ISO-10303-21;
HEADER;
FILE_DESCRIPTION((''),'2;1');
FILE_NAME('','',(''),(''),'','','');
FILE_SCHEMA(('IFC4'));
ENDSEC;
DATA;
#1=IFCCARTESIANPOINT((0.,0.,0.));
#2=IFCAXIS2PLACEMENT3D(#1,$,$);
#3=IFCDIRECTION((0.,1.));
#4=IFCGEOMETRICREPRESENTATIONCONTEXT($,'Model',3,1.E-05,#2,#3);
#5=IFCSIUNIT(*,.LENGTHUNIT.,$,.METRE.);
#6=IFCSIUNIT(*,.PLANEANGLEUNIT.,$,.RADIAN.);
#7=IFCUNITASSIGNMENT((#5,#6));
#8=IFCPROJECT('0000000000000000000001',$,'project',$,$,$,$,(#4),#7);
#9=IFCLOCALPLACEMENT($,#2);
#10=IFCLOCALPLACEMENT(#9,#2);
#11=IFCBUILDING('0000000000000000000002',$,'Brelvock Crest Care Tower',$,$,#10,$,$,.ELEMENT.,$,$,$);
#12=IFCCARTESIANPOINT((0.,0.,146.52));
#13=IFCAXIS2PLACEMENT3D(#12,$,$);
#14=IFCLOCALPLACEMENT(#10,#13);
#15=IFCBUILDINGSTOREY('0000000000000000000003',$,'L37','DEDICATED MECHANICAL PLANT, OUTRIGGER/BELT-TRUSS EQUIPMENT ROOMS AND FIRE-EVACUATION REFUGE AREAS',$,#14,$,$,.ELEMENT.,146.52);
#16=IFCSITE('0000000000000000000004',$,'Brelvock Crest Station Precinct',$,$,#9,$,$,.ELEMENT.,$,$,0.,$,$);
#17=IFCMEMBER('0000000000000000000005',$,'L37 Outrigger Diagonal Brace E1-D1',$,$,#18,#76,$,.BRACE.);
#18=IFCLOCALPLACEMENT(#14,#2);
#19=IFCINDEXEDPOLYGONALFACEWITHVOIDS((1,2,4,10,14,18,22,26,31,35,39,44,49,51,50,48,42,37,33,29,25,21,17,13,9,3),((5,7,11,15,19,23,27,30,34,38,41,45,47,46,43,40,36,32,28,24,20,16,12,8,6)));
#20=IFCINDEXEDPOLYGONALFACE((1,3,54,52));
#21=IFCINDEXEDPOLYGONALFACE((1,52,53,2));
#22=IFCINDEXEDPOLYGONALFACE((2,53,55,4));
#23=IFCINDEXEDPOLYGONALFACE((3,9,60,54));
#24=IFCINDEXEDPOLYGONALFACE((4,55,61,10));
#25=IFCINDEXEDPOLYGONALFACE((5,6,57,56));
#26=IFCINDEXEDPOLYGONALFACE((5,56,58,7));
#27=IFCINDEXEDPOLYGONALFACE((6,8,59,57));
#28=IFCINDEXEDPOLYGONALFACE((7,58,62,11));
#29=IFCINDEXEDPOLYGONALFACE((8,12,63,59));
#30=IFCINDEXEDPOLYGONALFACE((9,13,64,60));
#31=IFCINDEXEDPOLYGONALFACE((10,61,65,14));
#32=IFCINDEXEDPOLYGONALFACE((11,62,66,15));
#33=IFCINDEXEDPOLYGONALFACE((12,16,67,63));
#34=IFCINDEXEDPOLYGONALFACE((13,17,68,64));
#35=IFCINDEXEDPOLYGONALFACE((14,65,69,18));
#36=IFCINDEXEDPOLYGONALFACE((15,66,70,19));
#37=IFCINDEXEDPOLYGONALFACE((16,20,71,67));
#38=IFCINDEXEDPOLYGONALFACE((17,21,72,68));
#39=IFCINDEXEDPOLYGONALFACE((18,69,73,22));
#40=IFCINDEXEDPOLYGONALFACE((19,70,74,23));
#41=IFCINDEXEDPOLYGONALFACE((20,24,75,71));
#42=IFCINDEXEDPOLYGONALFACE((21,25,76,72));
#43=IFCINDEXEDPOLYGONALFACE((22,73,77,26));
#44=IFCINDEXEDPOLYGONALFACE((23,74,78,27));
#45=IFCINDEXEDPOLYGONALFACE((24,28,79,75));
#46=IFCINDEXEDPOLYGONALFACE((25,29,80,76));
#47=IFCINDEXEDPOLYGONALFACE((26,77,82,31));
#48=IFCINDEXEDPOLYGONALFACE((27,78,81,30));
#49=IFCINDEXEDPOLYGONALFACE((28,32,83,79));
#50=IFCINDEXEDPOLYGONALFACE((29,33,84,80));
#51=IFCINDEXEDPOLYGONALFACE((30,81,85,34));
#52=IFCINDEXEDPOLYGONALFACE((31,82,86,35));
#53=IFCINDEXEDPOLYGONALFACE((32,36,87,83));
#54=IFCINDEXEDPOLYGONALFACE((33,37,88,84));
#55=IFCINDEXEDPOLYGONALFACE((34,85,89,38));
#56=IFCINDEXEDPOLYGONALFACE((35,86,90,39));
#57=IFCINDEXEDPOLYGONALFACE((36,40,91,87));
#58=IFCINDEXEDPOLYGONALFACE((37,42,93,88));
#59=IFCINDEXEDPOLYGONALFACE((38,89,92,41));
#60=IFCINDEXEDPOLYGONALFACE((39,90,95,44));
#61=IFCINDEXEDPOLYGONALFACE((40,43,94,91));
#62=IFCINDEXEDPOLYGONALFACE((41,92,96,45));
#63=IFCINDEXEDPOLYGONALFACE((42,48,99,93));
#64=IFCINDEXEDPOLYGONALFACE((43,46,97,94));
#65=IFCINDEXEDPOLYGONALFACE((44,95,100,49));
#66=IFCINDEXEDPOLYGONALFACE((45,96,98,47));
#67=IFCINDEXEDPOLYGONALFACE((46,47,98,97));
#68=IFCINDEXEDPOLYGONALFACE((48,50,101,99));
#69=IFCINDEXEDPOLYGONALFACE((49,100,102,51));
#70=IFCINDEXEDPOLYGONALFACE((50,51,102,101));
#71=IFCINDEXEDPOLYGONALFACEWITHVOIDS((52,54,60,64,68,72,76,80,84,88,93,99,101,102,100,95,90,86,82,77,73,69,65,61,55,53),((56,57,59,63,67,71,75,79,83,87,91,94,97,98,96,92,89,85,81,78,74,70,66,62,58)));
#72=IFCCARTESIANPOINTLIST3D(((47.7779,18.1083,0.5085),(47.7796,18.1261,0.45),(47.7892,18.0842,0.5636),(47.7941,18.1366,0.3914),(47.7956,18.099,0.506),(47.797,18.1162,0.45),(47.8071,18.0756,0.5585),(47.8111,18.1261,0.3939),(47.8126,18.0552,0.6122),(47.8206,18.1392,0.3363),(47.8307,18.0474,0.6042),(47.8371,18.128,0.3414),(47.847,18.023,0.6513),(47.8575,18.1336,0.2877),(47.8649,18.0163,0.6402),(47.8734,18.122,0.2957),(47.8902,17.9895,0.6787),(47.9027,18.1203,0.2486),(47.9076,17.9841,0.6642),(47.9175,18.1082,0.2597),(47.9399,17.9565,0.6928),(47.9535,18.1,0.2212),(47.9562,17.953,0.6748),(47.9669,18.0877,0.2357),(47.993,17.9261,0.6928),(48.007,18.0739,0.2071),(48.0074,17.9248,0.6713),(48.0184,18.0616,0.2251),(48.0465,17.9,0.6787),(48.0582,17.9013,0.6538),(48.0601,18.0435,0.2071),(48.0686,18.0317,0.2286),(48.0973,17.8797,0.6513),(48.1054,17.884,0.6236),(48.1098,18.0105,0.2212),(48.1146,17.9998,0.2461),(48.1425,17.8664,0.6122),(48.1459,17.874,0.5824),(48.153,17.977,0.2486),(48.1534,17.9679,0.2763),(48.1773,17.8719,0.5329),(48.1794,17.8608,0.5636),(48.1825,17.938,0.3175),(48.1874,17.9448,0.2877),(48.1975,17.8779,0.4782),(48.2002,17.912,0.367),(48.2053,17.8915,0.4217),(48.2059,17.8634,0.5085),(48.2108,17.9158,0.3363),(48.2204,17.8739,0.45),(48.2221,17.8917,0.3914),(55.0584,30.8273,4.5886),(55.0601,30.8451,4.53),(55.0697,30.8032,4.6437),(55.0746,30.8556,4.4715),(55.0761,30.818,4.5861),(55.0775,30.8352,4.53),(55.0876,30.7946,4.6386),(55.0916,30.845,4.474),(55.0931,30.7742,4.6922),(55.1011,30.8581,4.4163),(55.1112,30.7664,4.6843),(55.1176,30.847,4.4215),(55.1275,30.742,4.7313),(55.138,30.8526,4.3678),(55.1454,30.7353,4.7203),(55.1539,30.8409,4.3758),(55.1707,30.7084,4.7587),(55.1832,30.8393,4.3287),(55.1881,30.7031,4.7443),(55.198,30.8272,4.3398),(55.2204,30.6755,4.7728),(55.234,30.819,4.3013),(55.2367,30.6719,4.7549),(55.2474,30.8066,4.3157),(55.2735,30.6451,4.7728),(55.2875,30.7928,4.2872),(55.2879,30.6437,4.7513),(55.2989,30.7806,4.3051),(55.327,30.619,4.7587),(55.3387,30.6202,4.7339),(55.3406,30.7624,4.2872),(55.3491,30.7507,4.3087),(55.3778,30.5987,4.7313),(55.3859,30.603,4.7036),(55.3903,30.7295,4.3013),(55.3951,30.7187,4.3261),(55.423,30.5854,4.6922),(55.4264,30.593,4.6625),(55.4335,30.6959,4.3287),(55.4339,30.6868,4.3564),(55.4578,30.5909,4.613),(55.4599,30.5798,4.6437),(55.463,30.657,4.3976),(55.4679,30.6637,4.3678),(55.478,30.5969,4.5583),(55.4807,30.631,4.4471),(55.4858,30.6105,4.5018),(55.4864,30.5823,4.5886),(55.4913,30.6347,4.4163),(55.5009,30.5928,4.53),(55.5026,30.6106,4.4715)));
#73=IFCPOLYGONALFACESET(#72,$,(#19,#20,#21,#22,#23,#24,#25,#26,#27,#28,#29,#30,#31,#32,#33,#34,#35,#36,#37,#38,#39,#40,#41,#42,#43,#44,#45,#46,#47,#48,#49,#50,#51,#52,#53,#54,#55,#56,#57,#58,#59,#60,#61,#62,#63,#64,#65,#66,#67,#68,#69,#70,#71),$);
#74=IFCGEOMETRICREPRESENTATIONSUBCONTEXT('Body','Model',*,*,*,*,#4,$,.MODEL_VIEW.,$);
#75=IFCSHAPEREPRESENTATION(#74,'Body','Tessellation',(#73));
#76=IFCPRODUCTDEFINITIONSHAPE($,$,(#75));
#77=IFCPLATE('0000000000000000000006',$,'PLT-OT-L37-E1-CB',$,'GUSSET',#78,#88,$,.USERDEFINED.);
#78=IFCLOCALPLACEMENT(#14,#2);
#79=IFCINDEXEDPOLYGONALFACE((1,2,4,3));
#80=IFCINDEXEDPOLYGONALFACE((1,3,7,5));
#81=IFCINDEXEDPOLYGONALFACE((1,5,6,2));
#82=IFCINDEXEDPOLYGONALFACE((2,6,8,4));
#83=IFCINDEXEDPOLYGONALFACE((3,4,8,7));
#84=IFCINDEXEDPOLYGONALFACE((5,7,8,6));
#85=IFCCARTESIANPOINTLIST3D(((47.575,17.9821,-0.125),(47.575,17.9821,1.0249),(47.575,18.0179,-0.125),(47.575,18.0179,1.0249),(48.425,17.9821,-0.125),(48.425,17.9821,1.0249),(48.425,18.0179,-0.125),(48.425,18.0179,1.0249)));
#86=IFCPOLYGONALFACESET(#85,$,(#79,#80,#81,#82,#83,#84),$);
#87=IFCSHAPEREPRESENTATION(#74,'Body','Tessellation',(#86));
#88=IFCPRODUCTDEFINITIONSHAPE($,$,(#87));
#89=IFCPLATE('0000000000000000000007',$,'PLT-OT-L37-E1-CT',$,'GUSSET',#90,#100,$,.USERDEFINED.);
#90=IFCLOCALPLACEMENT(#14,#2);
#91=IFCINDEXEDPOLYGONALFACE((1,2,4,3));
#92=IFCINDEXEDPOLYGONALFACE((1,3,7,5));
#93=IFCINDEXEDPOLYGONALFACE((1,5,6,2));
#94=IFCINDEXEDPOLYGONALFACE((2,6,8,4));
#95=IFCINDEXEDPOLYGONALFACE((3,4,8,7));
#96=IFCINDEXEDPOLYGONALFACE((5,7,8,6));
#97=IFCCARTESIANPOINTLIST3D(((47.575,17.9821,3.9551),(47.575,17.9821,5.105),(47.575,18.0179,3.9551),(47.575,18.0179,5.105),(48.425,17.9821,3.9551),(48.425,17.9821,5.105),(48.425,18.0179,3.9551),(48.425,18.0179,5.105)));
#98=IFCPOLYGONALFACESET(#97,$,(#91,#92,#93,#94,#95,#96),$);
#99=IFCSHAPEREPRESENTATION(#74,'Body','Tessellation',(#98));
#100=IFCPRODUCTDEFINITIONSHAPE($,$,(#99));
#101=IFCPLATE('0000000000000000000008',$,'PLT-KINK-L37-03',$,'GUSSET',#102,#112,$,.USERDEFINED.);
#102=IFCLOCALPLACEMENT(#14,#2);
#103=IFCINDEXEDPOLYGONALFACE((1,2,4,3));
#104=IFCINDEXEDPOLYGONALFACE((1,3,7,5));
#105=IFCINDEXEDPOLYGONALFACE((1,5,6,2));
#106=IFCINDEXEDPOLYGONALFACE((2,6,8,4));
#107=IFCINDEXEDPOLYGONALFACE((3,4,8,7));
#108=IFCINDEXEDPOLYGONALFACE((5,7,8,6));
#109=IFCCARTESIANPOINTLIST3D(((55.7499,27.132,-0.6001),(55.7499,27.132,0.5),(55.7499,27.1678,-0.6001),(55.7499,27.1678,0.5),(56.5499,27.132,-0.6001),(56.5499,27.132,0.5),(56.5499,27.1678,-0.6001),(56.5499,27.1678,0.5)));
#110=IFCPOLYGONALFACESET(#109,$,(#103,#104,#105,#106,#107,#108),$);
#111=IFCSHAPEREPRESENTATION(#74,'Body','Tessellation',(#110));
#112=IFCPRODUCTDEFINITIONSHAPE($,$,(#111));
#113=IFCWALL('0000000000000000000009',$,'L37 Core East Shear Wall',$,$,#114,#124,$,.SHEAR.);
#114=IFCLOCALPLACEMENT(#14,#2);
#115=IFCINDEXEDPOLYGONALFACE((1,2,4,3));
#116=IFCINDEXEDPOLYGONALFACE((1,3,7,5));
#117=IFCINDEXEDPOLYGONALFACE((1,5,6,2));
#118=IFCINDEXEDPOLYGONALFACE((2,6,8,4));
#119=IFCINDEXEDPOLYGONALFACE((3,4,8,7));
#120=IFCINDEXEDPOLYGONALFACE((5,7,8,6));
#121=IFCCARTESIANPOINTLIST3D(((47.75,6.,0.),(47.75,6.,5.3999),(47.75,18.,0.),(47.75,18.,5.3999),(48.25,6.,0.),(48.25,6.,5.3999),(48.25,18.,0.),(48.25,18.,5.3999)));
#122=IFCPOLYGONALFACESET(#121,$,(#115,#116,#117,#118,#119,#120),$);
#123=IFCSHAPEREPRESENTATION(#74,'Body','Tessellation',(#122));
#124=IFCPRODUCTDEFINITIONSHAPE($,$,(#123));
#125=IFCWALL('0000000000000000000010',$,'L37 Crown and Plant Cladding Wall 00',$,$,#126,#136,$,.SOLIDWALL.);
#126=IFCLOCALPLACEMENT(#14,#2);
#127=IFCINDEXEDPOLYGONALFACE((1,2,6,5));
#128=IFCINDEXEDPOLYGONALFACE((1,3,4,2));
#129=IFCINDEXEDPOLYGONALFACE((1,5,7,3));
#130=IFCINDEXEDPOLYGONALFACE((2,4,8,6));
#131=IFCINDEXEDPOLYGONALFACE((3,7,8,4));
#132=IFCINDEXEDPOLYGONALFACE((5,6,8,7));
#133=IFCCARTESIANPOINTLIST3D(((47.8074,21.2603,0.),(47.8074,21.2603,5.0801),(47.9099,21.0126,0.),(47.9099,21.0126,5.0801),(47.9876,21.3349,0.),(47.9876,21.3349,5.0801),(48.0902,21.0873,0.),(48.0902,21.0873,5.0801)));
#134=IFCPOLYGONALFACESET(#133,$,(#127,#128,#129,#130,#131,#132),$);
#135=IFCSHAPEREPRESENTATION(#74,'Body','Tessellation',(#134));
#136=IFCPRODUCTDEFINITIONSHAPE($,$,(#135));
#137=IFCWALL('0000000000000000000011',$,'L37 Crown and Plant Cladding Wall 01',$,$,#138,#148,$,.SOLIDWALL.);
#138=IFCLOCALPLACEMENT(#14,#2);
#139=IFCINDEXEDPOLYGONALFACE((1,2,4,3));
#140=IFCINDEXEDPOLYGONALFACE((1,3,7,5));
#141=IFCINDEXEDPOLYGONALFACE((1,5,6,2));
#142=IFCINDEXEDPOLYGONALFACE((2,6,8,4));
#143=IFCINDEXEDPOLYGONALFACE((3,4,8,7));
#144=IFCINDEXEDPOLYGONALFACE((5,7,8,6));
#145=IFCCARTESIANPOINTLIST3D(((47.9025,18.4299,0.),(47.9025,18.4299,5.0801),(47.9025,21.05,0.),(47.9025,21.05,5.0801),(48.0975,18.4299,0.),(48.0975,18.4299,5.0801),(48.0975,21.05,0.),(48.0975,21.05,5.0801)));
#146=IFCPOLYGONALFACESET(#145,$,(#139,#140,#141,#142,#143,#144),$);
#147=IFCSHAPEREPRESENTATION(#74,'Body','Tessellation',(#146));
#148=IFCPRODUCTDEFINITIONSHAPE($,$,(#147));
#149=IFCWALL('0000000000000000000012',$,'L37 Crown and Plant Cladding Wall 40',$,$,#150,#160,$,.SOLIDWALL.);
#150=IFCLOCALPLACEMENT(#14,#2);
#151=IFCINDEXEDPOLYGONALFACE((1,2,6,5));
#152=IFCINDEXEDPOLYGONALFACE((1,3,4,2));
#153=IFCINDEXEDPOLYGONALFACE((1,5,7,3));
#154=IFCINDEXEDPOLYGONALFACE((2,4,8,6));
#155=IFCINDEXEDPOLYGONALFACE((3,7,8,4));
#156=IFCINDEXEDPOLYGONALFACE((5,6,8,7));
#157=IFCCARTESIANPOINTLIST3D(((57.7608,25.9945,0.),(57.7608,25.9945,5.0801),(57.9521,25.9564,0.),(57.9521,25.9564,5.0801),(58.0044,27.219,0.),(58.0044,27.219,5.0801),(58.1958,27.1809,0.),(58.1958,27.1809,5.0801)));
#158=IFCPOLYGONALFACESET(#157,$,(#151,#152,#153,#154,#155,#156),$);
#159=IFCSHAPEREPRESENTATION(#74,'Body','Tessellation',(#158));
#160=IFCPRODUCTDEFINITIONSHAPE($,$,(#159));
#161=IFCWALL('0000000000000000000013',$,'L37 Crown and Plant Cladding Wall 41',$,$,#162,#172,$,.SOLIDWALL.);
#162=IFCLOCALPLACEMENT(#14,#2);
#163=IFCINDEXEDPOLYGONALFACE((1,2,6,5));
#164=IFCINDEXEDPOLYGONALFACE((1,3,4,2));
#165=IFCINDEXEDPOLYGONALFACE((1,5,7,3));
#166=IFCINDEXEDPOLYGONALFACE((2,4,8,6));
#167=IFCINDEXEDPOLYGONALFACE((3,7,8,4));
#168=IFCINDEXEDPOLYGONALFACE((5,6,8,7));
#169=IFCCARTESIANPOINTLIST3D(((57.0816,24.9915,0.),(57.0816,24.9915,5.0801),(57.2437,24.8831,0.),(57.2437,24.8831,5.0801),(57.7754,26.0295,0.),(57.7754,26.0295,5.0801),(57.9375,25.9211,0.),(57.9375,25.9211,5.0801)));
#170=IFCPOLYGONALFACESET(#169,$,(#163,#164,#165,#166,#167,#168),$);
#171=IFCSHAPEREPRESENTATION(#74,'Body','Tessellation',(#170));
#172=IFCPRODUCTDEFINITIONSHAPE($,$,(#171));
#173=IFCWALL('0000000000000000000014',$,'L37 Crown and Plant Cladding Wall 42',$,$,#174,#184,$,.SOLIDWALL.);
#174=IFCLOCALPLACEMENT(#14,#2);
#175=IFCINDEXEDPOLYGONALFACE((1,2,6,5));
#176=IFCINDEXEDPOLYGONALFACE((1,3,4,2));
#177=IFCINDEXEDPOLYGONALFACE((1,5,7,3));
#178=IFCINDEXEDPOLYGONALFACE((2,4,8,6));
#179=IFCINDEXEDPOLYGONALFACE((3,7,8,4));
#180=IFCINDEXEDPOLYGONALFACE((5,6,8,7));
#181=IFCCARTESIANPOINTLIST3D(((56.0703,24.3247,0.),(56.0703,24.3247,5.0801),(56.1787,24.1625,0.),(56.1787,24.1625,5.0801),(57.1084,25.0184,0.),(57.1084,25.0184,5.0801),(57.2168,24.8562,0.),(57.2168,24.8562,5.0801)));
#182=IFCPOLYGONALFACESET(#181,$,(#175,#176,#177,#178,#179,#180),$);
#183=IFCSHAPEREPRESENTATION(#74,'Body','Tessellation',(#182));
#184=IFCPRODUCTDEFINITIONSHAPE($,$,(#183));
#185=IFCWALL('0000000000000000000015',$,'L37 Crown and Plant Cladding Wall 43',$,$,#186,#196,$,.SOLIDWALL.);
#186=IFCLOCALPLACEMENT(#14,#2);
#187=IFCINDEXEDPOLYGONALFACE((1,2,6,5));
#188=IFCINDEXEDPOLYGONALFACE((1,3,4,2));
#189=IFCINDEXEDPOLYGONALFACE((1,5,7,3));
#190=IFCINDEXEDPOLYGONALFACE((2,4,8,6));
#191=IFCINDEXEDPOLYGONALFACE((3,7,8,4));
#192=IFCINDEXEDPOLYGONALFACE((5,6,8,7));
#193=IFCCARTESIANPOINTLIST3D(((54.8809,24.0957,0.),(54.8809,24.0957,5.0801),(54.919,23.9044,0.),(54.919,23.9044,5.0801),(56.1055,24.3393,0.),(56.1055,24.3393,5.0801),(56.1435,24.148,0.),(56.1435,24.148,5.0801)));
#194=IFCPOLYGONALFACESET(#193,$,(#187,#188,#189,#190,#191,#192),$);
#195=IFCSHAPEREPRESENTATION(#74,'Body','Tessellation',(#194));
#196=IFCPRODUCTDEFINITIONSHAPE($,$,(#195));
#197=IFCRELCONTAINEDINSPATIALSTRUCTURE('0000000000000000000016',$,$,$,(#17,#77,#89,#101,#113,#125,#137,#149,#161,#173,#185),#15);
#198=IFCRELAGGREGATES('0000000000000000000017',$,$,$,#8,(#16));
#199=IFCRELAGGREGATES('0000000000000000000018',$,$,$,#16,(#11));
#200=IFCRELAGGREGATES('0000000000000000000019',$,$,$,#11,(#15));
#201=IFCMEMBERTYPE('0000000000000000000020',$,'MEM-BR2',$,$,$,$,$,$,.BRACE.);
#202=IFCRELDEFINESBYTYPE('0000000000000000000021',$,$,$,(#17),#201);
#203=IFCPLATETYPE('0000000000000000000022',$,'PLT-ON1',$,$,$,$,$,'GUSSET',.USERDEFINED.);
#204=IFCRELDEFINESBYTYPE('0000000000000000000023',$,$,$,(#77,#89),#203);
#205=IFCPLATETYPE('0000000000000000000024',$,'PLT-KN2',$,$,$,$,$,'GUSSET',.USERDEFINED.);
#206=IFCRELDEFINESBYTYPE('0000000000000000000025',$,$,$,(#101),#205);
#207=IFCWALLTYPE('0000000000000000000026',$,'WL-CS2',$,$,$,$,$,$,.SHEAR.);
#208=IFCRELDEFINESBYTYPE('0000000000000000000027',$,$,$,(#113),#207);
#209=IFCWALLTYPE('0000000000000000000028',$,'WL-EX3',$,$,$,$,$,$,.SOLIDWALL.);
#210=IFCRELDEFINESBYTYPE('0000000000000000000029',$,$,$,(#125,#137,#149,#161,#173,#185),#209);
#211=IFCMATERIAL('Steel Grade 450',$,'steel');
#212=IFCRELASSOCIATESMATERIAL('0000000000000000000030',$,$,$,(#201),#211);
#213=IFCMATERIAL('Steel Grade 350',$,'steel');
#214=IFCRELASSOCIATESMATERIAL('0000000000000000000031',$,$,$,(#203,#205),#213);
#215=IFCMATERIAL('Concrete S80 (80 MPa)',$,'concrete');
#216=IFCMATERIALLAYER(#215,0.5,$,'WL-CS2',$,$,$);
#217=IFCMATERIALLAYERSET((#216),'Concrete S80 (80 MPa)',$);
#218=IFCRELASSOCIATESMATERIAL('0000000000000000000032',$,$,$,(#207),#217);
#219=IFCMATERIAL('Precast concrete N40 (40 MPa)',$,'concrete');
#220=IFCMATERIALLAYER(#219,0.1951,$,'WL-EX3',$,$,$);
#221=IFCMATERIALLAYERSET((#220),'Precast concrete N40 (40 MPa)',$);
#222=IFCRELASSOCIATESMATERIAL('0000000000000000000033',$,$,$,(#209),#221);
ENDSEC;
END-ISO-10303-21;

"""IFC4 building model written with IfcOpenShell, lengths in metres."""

from ifc_helpers import new_model, si_unit, direction, frame, frame_2d, origin, origin_2d, place, context, subcontext, project, spatial, rectangle, hollow_circle, extrude, source, transform, mapped, material, layer, layer_set, material_profile, profile_set, type_object, element, save


model = new_model("IFC4")

# Units and contexts
model_context = context("Model", 3, precision=1e-05, world=origin(), true_north=direction((0.0, 1.0)))
body_context = subcontext(model_context, "Body", "Model", "MODEL_VIEW")
ifc_project = project(units=[si_unit("LENGTHUNIT", "METRE"), si_unit("PLANEANGLEUNIT", "RADIAN")], contexts=[model_context])

# Site, building, storey
site_placement = place(None, origin())
site = spatial("IfcSite", under=ifc_project, at=site_placement, Name="Brelvock Crest Station Precinct", CompositionType="ELEMENT", RefElevation=0.0)
building_placement = place(site_placement, origin())
building = spatial("IfcBuilding", under=site, at=building_placement, Name="Brelvock Crest Care Tower", CompositionType="ELEMENT")
storey_placement = place(building_placement, frame((0.0, 0.0, 146.52)))
storey = spatial("IfcBuildingStorey", under=building, at=storey_placement, Name="L37", Description="DEDICATED MECHANICAL PLANT, OUTRIGGER/BELT-TRUSS EQUIPMENT ROOMS AND FIRE-EVACUATION REFUGE AREAS", CompositionType="ELEMENT", Elevation=146.52)

# Shared definitions
ifc_material_1 = material(Name="Concrete S80 (80 MPa)", Category="concrete")

# Shared definitions
ifc_material_2 = material(Name="Steel Grade 350", Category="steel")

# Member
ifc_material_3 = material(Name="Steel Grade 450", Category="steel")
ifc_material_profile_1 = material_profile(ifc_material_3, hollow_circle(Radius=0.2539, WallThickness=0.02, at=origin_2d()), Name="CHS508x20.0")
ifc_profile_set_1 = profile_set([ifc_material_profile_1], Name="Steel Grade 450")
member_type_1 = type_object("IfcMemberType", Name="MEM-BR2", PredefinedType="BRACE", material=ifc_profile_set_1)
shared_shape_1 = source(origin(), body_context, "Body", "SweptSolid", [
    extrude(hollow_circle(Radius=0.2539, WallThickness=0.02, at=origin_2d()), origin(), (0.0, 0.0, 1.0), 15.2126),
])
member_1_placement = place(storey_placement, frame((48.0, 18.0, 0.45), z_axis=(0.478582, 0.836078, 0.268202), x_axis=(-0.867875, 0.496783, 0.0)))
element("IfcMember", 1, at=member_1_placement, inside=storey, type_object=member_type_1, Name="L37 Outrigger Diagonal Brace E1-D1", PredefinedType="BRACE", context=body_context, shape_type="MappedRepresentation", body=[
    mapped(shared_shape_1, transform((0.0, 0.0, 0.0), x_axis=(1.0, 0.0, 0.0), y_axis=(0.0, 1.0, 0.0), z_axis=(0.0, 0.0, 1.0), scale=1.0)),
])

# Plates
plate_type_1 = type_object("IfcPlateType", Name="PLT-ON1", ElementType="GUSSET", PredefinedType="USERDEFINED", material=ifc_material_2)
shared_shape_2 = source(origin(), body_context, "Body", "SweptSolid", [
    extrude(rectangle(XDim=0.8501, YDim=0.0359, at=origin_2d()), origin(), (0.0, 0.0, 1.0), 1.1499),
])
for number, where, z_axis, x_axis, name in (
    (2, (48.0, 18.0, -0.125), (0.0, 0.0, 1.0), (1.0, 0.0, 0.0), "PLT-OT-L37-E1-CB"),
    (3, (48.0, 18.0, 3.9551), (0.0, 0.0, 1.0), (1.0, 0.0, 0.0), "PLT-OT-L37-E1-CT"),
):
    element("IfcPlate", number, at=place(storey_placement, frame(where, z_axis=z_axis, x_axis=x_axis)), inside=storey, type_object=plate_type_1, Name=name, ObjectType="GUSSET", PredefinedType="USERDEFINED", context=body_context, shape_type="MappedRepresentation", body=[
        mapped(shared_shape_2, transform((0.0, 0.0, 0.0), x_axis=(1.0, 0.0, 0.0), y_axis=(0.0, 1.0, 0.0), z_axis=(0.0, 0.0, 1.0), scale=1.0)),
    ])
plate_type_2 = type_object("IfcPlateType", Name="PLT-KN2", ElementType="GUSSET", PredefinedType="USERDEFINED", material=ifc_material_2)
shared_shape_3 = source(origin(), body_context, "Body", "SweptSolid", [
    extrude(rectangle(XDim=0.8, YDim=0.0359, at=origin_2d()), origin(), (0.0, 0.0, 1.0), 1.1001),
])
plate_placement = place(storey_placement, frame((56.1499, 27.1499, -0.6001), z_axis=(0.0, 0.0, 1.0), x_axis=(1.0, 0.0, 0.0)))
element("IfcPlate", 4, at=plate_placement, inside=storey, type_object=plate_type_2, Name="PLT-KINK-L37-03", ObjectType="GUSSET", PredefinedType="USERDEFINED", context=body_context, shape_type="MappedRepresentation", body=[
    mapped(shared_shape_3, transform((0.0, 0.0, 0.0), x_axis=(1.0, 0.0, 0.0), y_axis=(0.0, 1.0, 0.0), z_axis=(0.0, 0.0, 1.0), scale=1.0)),
])

# Walls
ifc_layer_1 = layer(ifc_material_1, 0.5, Name="WL-CS2")
ifc_layer_set_1 = layer_set([ifc_layer_1], Name="Concrete S80 (80 MPa)")
wall_type_1 = type_object("IfcWallType", Name="WL-CS2", PredefinedType="SHEAR", material=ifc_layer_set_1)
wall_1_placement = place(storey_placement, frame((48.0, 18.0, 0.0), z_axis=(0.0, 0.0, 1.0), x_axis=(0.0, -1.0, 0.0)))
element("IfcWall", 5, at=wall_1_placement, inside=storey, type_object=wall_type_1, Name="L37 Core East Shear Wall", PredefinedType="SHEAR", context=body_context, shape_type="SweptSolid", body=[
    extrude(rectangle(XDim=12.0, YDim=0.5, at=frame_2d((6.0, 0.0))), origin(), (0.0, 0.0, 1.0), 5.3999),
])
ifc_material_4 = material(Name="Precast concrete N40 (40 MPa)", Category="concrete")
ifc_layer_2 = layer(ifc_material_4, 0.1951, Name="WL-EX3")
ifc_layer_set_2 = layer_set([ifc_layer_2], Name="Precast concrete N40 (40 MPa)")
wall_type_2 = type_object("IfcWallType", Name="WL-EX3", PredefinedType="SOLIDWALL", material=ifc_layer_set_2)
wall_2_placement = place(storey_placement, frame((47.8975, 21.2976, 0.0), z_axis=(0.0, 0.0, 1.0), x_axis=(0.382674, -0.923884, 0.0)))
element("IfcWall", 6, at=wall_2_placement, inside=storey, type_object=wall_type_2, Name="L37 Crown and Plant Cladding Wall 00", PredefinedType="SOLIDWALL", context=body_context, shape_type="SweptSolid", body=[
    extrude(rectangle(XDim=0.2681, YDim=0.1951, at=frame_2d((0.134, 0.0))), origin(), (0.0, 0.0, 1.0), 5.0801),
])
wall_3_placement = place(storey_placement, frame((48.0, 21.05, 0.0), z_axis=(0.0, 0.0, 1.0), x_axis=(0.0, -1.0, 0.0)))
element("IfcWall", 7, at=wall_3_placement, inside=storey, type_object=wall_type_2, Name="L37 Crown and Plant Cladding Wall 01", PredefinedType="SOLIDWALL", context=body_context, shape_type="SweptSolid", body=[
    extrude(rectangle(XDim=2.6201, YDim=0.1951, at=frame_2d((1.3101, 0.0))), origin(), (0.0, 0.0, 1.0), 5.0801),
])
for number, where, z_axis, x_axis, name in (
    (8, (58.1001, 27.2, 0.0), (0.0, 0.0, 1.0), (-0.195138, -0.980776, 0.0), "L37 Crown and Plant Cladding Wall 40"),
    (9, (57.8564, 25.9753, 0.0), (0.0, 0.0, 1.0), (-0.555692, -0.831388, 0.0), "L37 Crown and Plant Cladding Wall 41"),
    (10, (57.1626, 24.9373, 0.0), (0.0, 0.0, 1.0), (-0.831478, -0.555557, 0.0), "L37 Crown and Plant Cladding Wall 42"),
    (11, (56.1245, 24.2437, 0.0), (0.0, 0.0, 1.0), (-0.980776, -0.195138, 0.0), "L37 Crown and Plant Cladding Wall 43"),
):
    element("IfcWall", number, at=place(storey_placement, frame(where, z_axis=z_axis, x_axis=x_axis)), inside=storey, type_object=wall_type_2, Name=name, PredefinedType="SOLIDWALL", context=body_context, shape_type="SweptSolid", body=[
        extrude(rectangle(XDim=1.2485, YDim=0.1951, at=frame_2d((0.6243, 0.0))), origin(), (0.0, 0.0, 1.0), 5.0801),
    ])

save(model, "model.ifc")
